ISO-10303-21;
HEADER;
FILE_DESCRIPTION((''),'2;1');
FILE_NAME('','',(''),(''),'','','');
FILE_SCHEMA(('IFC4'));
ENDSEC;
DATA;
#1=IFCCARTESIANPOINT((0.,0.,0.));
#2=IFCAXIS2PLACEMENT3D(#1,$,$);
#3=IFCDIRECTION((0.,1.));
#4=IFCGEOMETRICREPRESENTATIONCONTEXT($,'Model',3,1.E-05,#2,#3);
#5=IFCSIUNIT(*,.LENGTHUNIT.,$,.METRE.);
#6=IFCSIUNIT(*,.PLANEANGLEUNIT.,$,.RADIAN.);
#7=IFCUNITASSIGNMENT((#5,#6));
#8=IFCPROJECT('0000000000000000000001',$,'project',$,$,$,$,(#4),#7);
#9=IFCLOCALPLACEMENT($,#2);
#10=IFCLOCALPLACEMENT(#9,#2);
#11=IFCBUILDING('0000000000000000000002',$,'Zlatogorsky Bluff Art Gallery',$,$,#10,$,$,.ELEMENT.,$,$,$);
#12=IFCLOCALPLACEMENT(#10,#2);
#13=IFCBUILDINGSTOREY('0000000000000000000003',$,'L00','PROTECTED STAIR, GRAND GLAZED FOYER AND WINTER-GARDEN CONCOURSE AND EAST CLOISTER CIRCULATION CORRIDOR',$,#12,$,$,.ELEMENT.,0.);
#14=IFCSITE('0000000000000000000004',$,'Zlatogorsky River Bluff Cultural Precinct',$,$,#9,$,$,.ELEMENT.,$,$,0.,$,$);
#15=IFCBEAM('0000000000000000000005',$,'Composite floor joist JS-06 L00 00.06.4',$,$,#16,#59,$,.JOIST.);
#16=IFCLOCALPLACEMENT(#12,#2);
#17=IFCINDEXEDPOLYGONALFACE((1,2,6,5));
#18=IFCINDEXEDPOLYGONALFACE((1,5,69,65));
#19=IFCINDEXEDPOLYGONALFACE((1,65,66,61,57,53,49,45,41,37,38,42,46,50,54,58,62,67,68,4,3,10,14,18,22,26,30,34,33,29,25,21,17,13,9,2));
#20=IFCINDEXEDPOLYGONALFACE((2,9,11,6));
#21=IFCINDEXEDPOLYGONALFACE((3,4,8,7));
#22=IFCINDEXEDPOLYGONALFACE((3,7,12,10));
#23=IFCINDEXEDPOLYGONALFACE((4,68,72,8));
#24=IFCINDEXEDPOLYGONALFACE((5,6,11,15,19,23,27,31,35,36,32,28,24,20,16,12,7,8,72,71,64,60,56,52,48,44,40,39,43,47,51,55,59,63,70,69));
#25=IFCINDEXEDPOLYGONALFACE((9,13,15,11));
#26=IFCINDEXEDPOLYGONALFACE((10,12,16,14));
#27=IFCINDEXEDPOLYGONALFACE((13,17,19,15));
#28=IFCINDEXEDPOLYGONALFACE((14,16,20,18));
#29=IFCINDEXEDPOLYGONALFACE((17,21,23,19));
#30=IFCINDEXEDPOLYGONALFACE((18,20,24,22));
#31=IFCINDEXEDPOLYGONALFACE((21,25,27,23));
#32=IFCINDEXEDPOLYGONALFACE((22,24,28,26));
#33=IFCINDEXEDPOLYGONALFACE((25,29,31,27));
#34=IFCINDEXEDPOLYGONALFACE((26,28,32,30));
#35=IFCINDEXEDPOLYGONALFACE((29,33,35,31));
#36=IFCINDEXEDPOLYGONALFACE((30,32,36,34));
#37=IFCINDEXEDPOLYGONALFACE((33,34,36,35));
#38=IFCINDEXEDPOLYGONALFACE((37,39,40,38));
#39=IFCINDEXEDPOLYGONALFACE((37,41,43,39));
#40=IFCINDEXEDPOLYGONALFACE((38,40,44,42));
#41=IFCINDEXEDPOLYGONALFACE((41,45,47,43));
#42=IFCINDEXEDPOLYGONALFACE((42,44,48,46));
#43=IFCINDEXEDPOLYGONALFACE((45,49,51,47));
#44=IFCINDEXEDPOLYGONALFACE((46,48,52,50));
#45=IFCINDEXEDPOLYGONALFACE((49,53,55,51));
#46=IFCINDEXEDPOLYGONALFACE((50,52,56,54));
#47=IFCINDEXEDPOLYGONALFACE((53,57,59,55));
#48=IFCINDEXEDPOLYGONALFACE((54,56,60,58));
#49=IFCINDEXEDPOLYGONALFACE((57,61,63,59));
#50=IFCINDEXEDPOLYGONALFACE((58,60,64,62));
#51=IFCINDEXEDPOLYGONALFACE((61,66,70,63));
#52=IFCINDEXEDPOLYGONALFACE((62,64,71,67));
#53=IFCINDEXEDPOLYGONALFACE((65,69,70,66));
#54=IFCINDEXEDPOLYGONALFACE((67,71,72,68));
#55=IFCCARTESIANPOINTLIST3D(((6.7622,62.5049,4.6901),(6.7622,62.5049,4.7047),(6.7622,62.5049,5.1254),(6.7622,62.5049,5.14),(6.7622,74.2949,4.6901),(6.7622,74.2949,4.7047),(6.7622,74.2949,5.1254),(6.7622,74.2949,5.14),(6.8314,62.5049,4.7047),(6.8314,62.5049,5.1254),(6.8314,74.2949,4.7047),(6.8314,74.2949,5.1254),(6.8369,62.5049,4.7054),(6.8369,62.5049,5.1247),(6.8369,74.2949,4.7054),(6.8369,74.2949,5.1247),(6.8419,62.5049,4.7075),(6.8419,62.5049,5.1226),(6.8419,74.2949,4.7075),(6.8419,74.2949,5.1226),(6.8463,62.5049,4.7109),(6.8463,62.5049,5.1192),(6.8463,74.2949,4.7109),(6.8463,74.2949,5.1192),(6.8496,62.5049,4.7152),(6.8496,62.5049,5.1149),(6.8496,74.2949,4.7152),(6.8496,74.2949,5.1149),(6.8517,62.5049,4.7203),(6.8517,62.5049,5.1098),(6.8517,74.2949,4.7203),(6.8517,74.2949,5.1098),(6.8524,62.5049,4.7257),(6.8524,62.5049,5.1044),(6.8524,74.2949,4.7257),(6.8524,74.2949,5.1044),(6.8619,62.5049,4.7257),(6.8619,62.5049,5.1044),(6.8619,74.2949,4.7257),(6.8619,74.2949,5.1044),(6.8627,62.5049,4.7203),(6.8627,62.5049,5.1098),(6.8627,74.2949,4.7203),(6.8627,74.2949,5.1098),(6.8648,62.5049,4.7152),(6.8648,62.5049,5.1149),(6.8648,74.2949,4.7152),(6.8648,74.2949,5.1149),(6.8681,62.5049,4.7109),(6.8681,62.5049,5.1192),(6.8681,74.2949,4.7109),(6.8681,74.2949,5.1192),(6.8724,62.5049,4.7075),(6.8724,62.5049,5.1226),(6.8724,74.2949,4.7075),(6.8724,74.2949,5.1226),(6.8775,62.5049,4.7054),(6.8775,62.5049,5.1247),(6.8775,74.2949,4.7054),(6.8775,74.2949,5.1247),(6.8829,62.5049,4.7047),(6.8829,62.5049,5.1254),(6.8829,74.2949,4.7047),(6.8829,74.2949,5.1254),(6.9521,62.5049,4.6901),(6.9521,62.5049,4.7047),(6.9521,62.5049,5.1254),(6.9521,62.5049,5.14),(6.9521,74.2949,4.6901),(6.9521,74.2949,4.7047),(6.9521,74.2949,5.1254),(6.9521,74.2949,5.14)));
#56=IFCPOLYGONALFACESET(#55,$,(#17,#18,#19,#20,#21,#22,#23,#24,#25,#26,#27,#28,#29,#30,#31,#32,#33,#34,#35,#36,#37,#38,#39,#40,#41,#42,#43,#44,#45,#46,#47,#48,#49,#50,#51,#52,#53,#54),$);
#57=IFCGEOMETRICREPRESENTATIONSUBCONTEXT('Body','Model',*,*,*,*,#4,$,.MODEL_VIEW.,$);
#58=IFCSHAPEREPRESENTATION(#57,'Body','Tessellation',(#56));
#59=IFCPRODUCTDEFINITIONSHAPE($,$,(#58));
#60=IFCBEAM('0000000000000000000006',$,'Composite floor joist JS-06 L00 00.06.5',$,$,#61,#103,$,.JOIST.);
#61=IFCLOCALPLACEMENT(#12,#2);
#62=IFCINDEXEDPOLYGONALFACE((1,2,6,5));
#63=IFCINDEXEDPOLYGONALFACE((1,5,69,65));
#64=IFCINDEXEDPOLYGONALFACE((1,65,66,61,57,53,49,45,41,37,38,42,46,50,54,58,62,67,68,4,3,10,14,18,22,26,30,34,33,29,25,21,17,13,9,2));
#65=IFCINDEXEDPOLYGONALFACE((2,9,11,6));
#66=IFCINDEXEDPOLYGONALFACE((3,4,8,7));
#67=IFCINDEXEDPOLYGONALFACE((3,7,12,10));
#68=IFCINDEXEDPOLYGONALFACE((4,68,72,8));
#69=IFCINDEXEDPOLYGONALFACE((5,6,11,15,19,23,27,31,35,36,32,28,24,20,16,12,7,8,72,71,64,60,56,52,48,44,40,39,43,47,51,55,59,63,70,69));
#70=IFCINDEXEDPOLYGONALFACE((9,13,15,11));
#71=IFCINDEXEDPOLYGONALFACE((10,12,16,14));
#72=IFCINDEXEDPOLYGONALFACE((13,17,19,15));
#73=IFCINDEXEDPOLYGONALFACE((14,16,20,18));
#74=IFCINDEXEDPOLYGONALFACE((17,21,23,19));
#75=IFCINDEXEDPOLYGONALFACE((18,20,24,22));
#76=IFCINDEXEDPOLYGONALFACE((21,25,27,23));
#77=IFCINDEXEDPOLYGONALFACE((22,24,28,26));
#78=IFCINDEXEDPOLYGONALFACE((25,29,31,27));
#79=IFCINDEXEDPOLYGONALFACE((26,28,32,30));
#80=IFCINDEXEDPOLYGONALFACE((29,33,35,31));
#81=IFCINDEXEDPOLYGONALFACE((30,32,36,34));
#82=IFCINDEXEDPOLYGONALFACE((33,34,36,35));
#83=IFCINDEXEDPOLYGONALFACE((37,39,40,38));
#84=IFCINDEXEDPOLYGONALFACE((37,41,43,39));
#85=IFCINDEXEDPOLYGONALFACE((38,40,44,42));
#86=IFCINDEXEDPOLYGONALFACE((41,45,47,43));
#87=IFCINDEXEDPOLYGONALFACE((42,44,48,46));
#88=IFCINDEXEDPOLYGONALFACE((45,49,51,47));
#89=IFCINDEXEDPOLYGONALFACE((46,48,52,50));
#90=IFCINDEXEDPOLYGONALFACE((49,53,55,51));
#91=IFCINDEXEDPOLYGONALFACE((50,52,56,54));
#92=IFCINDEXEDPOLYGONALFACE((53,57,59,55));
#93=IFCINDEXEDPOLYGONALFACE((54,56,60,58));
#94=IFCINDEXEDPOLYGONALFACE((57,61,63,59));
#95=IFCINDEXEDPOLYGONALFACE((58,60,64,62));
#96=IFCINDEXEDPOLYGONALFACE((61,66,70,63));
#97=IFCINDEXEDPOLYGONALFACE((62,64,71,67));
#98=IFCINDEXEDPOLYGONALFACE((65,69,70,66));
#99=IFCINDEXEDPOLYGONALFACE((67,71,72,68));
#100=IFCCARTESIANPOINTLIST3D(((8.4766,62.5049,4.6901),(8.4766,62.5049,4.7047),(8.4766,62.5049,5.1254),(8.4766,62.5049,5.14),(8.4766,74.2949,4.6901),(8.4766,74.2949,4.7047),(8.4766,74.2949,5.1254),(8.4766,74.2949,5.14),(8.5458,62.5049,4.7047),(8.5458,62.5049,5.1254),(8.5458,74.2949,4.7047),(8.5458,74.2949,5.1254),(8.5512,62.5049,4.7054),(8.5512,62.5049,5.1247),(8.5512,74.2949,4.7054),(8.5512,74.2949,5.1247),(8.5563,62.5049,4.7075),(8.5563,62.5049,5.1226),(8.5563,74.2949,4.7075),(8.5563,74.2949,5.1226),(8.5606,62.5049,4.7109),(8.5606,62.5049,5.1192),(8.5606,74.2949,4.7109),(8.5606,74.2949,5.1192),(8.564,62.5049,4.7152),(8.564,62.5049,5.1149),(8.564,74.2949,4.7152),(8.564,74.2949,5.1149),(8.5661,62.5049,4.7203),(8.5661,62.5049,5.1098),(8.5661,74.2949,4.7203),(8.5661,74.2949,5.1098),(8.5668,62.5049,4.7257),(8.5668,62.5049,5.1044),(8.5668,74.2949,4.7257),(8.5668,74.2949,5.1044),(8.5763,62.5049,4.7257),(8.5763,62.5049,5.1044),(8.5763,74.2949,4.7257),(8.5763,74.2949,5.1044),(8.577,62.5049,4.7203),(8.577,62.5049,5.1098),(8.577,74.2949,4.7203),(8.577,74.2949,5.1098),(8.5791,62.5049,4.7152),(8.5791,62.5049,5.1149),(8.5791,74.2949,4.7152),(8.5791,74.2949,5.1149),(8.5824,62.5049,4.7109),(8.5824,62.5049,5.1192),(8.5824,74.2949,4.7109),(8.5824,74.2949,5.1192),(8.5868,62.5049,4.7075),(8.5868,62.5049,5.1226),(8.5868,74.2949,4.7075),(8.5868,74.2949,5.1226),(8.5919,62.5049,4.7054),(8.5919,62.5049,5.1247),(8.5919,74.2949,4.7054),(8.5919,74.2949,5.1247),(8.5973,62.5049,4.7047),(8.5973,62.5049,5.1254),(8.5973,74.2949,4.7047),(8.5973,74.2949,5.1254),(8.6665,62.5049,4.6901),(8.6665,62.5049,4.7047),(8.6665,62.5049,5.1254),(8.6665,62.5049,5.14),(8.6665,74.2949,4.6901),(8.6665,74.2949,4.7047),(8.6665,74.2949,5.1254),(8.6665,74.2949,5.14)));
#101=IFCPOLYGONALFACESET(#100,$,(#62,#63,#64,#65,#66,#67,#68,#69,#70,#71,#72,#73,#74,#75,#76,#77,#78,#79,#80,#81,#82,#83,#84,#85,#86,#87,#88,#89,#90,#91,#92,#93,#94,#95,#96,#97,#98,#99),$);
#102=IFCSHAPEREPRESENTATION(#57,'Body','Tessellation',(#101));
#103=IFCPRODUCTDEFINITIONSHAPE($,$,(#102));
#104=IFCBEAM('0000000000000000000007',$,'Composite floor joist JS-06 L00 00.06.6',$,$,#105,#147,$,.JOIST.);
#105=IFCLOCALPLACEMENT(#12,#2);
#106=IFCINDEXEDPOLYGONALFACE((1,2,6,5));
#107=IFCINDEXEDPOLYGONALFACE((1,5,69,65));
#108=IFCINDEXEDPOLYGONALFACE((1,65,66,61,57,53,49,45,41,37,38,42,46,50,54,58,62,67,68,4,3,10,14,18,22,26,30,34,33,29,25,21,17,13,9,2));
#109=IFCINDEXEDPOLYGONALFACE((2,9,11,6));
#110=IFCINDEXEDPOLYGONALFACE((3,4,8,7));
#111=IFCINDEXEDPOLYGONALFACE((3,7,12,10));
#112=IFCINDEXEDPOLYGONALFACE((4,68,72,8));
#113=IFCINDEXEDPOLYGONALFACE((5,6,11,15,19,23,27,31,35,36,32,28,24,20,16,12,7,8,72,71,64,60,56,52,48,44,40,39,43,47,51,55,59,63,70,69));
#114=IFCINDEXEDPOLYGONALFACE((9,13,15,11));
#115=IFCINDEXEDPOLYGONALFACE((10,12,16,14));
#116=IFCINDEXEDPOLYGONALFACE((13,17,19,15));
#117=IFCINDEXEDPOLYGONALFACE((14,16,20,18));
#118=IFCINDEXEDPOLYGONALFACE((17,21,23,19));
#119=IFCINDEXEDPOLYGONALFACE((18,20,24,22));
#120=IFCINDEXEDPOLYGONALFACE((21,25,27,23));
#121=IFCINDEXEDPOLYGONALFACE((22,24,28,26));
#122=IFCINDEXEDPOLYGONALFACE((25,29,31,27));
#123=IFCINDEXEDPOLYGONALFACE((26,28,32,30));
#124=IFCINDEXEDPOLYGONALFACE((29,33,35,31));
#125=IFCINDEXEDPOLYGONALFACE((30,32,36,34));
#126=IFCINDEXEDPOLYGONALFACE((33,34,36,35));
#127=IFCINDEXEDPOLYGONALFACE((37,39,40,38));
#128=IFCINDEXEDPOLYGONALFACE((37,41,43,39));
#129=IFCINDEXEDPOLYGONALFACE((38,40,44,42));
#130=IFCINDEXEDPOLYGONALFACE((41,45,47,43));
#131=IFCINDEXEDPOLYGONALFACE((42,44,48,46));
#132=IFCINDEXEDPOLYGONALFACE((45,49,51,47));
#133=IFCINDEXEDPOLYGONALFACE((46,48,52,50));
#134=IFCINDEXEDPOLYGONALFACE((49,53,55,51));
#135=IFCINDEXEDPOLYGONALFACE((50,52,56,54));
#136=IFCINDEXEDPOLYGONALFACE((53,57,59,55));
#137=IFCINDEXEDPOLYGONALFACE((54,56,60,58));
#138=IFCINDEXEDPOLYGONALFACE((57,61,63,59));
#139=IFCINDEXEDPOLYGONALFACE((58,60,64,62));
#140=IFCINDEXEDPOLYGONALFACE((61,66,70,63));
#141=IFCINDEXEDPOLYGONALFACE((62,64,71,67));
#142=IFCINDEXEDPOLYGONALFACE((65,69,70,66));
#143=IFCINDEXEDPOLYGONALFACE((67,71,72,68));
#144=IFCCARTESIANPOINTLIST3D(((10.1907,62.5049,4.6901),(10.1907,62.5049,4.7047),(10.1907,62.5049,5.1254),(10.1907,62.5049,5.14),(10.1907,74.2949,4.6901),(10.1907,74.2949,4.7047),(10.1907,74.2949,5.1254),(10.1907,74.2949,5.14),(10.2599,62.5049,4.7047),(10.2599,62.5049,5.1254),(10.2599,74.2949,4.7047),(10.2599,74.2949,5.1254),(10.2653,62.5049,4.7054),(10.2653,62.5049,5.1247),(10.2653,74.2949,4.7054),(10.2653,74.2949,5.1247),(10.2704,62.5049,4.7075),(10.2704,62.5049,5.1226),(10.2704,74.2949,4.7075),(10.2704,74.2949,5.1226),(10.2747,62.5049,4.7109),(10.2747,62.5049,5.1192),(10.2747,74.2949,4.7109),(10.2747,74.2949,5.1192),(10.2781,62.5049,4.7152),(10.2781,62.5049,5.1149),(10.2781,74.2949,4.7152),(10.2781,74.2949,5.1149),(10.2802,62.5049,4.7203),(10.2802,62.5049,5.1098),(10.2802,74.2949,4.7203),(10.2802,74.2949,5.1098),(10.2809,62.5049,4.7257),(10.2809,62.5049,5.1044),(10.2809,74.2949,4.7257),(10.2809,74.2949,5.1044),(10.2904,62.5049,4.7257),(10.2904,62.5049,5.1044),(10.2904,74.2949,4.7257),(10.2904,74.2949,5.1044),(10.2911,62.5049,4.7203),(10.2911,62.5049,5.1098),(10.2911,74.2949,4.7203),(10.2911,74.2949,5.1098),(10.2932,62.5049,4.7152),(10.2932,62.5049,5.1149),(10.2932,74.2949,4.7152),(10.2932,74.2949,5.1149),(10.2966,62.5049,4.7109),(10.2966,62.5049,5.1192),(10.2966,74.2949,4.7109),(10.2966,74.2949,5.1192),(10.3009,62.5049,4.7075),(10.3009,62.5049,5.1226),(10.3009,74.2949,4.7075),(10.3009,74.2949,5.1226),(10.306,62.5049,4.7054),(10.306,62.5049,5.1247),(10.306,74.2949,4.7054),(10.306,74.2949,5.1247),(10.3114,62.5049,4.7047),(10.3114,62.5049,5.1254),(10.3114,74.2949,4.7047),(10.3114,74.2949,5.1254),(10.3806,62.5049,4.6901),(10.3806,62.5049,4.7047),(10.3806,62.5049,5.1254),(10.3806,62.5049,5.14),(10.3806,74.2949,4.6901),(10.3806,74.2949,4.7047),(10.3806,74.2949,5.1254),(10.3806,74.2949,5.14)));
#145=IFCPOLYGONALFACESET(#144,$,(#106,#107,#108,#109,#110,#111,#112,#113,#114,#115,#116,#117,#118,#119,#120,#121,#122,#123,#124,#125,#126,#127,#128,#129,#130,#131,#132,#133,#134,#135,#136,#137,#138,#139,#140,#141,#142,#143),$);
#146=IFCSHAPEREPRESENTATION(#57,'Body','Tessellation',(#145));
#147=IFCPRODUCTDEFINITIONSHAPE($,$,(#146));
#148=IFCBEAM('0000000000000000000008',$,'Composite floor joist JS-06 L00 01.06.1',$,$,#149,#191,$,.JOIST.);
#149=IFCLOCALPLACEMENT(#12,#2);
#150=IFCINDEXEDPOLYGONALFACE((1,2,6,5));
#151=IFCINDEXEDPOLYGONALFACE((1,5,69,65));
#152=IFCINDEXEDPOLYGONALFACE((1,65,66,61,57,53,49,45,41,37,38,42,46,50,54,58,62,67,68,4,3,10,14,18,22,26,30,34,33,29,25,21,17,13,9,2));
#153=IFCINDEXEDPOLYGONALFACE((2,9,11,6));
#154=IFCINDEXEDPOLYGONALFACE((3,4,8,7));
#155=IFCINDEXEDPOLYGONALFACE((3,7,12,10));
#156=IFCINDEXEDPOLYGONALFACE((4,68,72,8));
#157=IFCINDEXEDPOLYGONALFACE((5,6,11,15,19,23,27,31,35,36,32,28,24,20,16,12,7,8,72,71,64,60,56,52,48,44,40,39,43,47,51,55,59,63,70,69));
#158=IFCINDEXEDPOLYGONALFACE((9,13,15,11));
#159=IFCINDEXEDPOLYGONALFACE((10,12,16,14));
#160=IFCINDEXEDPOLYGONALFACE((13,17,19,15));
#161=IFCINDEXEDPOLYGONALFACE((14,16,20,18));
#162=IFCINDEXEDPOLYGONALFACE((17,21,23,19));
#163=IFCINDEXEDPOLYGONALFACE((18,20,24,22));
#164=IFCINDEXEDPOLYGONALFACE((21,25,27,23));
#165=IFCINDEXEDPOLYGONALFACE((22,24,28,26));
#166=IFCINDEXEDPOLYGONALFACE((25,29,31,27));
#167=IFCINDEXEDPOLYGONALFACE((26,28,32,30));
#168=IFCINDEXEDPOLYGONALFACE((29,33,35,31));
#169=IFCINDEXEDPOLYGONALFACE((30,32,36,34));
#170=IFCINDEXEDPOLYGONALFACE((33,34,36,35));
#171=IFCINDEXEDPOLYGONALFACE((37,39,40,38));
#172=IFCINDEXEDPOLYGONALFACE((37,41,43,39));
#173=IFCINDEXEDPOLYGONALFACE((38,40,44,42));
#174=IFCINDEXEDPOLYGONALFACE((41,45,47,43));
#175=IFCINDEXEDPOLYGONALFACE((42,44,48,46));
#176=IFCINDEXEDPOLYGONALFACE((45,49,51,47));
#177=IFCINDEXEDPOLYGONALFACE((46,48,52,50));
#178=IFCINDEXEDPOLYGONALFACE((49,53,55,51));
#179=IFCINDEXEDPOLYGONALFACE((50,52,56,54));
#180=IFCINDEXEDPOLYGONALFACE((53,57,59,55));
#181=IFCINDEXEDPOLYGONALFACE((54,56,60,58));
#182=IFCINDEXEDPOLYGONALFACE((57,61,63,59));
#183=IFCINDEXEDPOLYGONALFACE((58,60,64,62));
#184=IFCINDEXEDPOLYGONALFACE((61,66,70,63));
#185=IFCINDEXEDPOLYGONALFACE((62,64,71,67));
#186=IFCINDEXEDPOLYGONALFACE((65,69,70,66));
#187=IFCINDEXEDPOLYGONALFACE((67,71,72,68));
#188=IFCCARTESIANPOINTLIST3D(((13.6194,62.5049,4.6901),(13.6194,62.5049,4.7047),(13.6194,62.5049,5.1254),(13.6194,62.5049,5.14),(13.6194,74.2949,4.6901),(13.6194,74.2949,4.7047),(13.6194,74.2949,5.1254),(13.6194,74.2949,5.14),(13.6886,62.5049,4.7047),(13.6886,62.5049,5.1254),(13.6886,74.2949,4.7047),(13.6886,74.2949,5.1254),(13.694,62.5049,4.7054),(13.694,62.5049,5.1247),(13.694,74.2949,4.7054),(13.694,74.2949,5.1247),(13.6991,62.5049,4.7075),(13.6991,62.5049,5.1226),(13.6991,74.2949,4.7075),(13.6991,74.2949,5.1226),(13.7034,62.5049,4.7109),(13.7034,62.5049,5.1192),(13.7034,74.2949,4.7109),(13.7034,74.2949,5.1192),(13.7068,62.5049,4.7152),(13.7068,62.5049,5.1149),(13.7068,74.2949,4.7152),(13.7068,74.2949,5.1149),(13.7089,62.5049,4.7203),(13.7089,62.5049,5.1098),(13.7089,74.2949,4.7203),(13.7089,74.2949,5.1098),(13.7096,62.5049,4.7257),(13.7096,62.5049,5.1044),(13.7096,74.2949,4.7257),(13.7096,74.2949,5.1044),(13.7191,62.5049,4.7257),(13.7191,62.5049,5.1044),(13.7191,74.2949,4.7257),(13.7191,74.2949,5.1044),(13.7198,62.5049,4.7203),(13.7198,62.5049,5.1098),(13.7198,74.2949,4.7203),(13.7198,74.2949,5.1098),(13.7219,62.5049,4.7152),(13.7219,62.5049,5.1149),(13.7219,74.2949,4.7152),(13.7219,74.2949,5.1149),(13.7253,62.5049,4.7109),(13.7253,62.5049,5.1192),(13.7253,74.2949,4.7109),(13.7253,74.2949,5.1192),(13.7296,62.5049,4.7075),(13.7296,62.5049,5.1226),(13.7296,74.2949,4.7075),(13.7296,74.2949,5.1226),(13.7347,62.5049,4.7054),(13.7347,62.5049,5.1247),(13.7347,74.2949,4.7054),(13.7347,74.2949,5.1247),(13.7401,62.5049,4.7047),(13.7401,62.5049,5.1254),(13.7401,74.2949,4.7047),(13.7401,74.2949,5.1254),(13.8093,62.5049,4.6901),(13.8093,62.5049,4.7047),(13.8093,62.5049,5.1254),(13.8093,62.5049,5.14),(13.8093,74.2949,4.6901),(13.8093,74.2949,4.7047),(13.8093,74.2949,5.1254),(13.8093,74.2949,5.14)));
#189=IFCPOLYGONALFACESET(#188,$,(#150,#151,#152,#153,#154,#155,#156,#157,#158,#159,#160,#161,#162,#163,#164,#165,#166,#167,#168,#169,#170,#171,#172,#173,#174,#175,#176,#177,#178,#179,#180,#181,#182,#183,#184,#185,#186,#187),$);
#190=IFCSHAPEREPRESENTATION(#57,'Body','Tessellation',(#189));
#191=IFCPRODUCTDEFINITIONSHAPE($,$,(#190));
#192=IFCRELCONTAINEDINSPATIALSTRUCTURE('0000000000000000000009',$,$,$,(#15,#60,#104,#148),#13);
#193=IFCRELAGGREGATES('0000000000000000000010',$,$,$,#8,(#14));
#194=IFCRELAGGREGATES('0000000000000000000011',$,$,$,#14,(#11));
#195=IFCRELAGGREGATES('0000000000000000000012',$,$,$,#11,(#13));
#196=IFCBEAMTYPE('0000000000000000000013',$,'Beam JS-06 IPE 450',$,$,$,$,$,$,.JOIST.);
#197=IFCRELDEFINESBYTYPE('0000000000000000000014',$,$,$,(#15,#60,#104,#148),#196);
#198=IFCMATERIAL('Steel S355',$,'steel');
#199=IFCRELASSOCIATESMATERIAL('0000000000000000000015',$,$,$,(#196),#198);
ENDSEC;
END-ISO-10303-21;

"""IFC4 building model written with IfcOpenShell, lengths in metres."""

from ifc_helpers import new_model, si_unit, direction, frame, origin, origin_2d, place, context, subcontext, project, spatial, i_section, extrude, material, material_profile, profile_set, type_object, element, save


model = new_model("IFC4")

# Units and contexts
model_context = context("Model", 3, precision=1e-05, world=origin(), true_north=direction((0.0, 1.0)))
body_context = subcontext(model_context, "Body", "Model", "MODEL_VIEW")
ifc_project = project(units=[si_unit("LENGTHUNIT", "METRE"), si_unit("PLANEANGLEUNIT", "RADIAN")], contexts=[model_context])

# Site, building, storey
site_placement = place(None, origin())
site = spatial("IfcSite", under=ifc_project, at=site_placement, Name="Zlatogorsky River Bluff Cultural Precinct", CompositionType="ELEMENT", RefElevation=0.0)
building_placement = place(site_placement, origin())
building = spatial("IfcBuilding", under=site, at=building_placement, Name="Zlatogorsky Bluff Art Gallery", CompositionType="ELEMENT")
storey_placement = place(building_placement, origin())
storey = spatial("IfcBuildingStorey", under=building, at=storey_placement, Name="L00", Description="PROTECTED STAIR, GRAND GLAZED FOYER AND WINTER-GARDEN CONCOURSE AND EAST CLOISTER CIRCULATION CORRIDOR", CompositionType="ELEMENT", Elevation=0.0)

# Shared definitions
ifc_material_1 = material(Name="Steel S355", Category="steel")

# Beams
ifc_material_profile_1 = material_profile(ifc_material_1, i_section(OverallWidth=0.1899, OverallDepth=0.45, WebThickness=0.0095, FlangeThickness=0.0146, FilletRadius=0.021, at=origin_2d()), Name="IPE 450")
ifc_profile_set_1 = profile_set([ifc_material_profile_1], Name="Steel S355")
beam_type_1 = type_object("IfcBeamType", Name="Beam JS-06 IPE 450", PredefinedType="JOIST", material=ifc_profile_set_1)
for number, where, z_axis, x_axis, name in (
    (1, (6.8572, 62.5049, 4.915), (0.0, 1.0, 0.0), (-1.0, 0.0, 0.0), "Composite floor joist JS-06 L00 00.06.4"),
    (2, (8.5715, 62.5049, 4.915), (0.0, 1.0, 0.0), (-1.0, 0.0, 0.0), "Composite floor joist JS-06 L00 00.06.5"),
    (3, (10.2856, 62.5049, 4.915), (0.0, 1.0, 0.0), (-1.0, 0.0, 0.0), "Composite floor joist JS-06 L00 00.06.6"),
    (4, (13.7144, 62.5049, 4.915), (0.0, 1.0, 0.0), (-1.0, 0.0, 0.0), "Composite floor joist JS-06 L00 01.06.1"),
):
    element("IfcBeam", number, at=place(storey_placement, frame(where, z_axis=z_axis, x_axis=x_axis)), inside=storey, type_object=beam_type_1, Name=name, PredefinedType="JOIST", context=body_context, shape_type="SweptSolid", body=[
        extrude(i_section(OverallWidth=0.1899, OverallDepth=0.45, WebThickness=0.0095, FlangeThickness=0.0146, FilletRadius=0.021, at=origin_2d()), origin(), (0.0, 0.0, 1.0), 11.79),
    ])

save(model, "model.ifc")
